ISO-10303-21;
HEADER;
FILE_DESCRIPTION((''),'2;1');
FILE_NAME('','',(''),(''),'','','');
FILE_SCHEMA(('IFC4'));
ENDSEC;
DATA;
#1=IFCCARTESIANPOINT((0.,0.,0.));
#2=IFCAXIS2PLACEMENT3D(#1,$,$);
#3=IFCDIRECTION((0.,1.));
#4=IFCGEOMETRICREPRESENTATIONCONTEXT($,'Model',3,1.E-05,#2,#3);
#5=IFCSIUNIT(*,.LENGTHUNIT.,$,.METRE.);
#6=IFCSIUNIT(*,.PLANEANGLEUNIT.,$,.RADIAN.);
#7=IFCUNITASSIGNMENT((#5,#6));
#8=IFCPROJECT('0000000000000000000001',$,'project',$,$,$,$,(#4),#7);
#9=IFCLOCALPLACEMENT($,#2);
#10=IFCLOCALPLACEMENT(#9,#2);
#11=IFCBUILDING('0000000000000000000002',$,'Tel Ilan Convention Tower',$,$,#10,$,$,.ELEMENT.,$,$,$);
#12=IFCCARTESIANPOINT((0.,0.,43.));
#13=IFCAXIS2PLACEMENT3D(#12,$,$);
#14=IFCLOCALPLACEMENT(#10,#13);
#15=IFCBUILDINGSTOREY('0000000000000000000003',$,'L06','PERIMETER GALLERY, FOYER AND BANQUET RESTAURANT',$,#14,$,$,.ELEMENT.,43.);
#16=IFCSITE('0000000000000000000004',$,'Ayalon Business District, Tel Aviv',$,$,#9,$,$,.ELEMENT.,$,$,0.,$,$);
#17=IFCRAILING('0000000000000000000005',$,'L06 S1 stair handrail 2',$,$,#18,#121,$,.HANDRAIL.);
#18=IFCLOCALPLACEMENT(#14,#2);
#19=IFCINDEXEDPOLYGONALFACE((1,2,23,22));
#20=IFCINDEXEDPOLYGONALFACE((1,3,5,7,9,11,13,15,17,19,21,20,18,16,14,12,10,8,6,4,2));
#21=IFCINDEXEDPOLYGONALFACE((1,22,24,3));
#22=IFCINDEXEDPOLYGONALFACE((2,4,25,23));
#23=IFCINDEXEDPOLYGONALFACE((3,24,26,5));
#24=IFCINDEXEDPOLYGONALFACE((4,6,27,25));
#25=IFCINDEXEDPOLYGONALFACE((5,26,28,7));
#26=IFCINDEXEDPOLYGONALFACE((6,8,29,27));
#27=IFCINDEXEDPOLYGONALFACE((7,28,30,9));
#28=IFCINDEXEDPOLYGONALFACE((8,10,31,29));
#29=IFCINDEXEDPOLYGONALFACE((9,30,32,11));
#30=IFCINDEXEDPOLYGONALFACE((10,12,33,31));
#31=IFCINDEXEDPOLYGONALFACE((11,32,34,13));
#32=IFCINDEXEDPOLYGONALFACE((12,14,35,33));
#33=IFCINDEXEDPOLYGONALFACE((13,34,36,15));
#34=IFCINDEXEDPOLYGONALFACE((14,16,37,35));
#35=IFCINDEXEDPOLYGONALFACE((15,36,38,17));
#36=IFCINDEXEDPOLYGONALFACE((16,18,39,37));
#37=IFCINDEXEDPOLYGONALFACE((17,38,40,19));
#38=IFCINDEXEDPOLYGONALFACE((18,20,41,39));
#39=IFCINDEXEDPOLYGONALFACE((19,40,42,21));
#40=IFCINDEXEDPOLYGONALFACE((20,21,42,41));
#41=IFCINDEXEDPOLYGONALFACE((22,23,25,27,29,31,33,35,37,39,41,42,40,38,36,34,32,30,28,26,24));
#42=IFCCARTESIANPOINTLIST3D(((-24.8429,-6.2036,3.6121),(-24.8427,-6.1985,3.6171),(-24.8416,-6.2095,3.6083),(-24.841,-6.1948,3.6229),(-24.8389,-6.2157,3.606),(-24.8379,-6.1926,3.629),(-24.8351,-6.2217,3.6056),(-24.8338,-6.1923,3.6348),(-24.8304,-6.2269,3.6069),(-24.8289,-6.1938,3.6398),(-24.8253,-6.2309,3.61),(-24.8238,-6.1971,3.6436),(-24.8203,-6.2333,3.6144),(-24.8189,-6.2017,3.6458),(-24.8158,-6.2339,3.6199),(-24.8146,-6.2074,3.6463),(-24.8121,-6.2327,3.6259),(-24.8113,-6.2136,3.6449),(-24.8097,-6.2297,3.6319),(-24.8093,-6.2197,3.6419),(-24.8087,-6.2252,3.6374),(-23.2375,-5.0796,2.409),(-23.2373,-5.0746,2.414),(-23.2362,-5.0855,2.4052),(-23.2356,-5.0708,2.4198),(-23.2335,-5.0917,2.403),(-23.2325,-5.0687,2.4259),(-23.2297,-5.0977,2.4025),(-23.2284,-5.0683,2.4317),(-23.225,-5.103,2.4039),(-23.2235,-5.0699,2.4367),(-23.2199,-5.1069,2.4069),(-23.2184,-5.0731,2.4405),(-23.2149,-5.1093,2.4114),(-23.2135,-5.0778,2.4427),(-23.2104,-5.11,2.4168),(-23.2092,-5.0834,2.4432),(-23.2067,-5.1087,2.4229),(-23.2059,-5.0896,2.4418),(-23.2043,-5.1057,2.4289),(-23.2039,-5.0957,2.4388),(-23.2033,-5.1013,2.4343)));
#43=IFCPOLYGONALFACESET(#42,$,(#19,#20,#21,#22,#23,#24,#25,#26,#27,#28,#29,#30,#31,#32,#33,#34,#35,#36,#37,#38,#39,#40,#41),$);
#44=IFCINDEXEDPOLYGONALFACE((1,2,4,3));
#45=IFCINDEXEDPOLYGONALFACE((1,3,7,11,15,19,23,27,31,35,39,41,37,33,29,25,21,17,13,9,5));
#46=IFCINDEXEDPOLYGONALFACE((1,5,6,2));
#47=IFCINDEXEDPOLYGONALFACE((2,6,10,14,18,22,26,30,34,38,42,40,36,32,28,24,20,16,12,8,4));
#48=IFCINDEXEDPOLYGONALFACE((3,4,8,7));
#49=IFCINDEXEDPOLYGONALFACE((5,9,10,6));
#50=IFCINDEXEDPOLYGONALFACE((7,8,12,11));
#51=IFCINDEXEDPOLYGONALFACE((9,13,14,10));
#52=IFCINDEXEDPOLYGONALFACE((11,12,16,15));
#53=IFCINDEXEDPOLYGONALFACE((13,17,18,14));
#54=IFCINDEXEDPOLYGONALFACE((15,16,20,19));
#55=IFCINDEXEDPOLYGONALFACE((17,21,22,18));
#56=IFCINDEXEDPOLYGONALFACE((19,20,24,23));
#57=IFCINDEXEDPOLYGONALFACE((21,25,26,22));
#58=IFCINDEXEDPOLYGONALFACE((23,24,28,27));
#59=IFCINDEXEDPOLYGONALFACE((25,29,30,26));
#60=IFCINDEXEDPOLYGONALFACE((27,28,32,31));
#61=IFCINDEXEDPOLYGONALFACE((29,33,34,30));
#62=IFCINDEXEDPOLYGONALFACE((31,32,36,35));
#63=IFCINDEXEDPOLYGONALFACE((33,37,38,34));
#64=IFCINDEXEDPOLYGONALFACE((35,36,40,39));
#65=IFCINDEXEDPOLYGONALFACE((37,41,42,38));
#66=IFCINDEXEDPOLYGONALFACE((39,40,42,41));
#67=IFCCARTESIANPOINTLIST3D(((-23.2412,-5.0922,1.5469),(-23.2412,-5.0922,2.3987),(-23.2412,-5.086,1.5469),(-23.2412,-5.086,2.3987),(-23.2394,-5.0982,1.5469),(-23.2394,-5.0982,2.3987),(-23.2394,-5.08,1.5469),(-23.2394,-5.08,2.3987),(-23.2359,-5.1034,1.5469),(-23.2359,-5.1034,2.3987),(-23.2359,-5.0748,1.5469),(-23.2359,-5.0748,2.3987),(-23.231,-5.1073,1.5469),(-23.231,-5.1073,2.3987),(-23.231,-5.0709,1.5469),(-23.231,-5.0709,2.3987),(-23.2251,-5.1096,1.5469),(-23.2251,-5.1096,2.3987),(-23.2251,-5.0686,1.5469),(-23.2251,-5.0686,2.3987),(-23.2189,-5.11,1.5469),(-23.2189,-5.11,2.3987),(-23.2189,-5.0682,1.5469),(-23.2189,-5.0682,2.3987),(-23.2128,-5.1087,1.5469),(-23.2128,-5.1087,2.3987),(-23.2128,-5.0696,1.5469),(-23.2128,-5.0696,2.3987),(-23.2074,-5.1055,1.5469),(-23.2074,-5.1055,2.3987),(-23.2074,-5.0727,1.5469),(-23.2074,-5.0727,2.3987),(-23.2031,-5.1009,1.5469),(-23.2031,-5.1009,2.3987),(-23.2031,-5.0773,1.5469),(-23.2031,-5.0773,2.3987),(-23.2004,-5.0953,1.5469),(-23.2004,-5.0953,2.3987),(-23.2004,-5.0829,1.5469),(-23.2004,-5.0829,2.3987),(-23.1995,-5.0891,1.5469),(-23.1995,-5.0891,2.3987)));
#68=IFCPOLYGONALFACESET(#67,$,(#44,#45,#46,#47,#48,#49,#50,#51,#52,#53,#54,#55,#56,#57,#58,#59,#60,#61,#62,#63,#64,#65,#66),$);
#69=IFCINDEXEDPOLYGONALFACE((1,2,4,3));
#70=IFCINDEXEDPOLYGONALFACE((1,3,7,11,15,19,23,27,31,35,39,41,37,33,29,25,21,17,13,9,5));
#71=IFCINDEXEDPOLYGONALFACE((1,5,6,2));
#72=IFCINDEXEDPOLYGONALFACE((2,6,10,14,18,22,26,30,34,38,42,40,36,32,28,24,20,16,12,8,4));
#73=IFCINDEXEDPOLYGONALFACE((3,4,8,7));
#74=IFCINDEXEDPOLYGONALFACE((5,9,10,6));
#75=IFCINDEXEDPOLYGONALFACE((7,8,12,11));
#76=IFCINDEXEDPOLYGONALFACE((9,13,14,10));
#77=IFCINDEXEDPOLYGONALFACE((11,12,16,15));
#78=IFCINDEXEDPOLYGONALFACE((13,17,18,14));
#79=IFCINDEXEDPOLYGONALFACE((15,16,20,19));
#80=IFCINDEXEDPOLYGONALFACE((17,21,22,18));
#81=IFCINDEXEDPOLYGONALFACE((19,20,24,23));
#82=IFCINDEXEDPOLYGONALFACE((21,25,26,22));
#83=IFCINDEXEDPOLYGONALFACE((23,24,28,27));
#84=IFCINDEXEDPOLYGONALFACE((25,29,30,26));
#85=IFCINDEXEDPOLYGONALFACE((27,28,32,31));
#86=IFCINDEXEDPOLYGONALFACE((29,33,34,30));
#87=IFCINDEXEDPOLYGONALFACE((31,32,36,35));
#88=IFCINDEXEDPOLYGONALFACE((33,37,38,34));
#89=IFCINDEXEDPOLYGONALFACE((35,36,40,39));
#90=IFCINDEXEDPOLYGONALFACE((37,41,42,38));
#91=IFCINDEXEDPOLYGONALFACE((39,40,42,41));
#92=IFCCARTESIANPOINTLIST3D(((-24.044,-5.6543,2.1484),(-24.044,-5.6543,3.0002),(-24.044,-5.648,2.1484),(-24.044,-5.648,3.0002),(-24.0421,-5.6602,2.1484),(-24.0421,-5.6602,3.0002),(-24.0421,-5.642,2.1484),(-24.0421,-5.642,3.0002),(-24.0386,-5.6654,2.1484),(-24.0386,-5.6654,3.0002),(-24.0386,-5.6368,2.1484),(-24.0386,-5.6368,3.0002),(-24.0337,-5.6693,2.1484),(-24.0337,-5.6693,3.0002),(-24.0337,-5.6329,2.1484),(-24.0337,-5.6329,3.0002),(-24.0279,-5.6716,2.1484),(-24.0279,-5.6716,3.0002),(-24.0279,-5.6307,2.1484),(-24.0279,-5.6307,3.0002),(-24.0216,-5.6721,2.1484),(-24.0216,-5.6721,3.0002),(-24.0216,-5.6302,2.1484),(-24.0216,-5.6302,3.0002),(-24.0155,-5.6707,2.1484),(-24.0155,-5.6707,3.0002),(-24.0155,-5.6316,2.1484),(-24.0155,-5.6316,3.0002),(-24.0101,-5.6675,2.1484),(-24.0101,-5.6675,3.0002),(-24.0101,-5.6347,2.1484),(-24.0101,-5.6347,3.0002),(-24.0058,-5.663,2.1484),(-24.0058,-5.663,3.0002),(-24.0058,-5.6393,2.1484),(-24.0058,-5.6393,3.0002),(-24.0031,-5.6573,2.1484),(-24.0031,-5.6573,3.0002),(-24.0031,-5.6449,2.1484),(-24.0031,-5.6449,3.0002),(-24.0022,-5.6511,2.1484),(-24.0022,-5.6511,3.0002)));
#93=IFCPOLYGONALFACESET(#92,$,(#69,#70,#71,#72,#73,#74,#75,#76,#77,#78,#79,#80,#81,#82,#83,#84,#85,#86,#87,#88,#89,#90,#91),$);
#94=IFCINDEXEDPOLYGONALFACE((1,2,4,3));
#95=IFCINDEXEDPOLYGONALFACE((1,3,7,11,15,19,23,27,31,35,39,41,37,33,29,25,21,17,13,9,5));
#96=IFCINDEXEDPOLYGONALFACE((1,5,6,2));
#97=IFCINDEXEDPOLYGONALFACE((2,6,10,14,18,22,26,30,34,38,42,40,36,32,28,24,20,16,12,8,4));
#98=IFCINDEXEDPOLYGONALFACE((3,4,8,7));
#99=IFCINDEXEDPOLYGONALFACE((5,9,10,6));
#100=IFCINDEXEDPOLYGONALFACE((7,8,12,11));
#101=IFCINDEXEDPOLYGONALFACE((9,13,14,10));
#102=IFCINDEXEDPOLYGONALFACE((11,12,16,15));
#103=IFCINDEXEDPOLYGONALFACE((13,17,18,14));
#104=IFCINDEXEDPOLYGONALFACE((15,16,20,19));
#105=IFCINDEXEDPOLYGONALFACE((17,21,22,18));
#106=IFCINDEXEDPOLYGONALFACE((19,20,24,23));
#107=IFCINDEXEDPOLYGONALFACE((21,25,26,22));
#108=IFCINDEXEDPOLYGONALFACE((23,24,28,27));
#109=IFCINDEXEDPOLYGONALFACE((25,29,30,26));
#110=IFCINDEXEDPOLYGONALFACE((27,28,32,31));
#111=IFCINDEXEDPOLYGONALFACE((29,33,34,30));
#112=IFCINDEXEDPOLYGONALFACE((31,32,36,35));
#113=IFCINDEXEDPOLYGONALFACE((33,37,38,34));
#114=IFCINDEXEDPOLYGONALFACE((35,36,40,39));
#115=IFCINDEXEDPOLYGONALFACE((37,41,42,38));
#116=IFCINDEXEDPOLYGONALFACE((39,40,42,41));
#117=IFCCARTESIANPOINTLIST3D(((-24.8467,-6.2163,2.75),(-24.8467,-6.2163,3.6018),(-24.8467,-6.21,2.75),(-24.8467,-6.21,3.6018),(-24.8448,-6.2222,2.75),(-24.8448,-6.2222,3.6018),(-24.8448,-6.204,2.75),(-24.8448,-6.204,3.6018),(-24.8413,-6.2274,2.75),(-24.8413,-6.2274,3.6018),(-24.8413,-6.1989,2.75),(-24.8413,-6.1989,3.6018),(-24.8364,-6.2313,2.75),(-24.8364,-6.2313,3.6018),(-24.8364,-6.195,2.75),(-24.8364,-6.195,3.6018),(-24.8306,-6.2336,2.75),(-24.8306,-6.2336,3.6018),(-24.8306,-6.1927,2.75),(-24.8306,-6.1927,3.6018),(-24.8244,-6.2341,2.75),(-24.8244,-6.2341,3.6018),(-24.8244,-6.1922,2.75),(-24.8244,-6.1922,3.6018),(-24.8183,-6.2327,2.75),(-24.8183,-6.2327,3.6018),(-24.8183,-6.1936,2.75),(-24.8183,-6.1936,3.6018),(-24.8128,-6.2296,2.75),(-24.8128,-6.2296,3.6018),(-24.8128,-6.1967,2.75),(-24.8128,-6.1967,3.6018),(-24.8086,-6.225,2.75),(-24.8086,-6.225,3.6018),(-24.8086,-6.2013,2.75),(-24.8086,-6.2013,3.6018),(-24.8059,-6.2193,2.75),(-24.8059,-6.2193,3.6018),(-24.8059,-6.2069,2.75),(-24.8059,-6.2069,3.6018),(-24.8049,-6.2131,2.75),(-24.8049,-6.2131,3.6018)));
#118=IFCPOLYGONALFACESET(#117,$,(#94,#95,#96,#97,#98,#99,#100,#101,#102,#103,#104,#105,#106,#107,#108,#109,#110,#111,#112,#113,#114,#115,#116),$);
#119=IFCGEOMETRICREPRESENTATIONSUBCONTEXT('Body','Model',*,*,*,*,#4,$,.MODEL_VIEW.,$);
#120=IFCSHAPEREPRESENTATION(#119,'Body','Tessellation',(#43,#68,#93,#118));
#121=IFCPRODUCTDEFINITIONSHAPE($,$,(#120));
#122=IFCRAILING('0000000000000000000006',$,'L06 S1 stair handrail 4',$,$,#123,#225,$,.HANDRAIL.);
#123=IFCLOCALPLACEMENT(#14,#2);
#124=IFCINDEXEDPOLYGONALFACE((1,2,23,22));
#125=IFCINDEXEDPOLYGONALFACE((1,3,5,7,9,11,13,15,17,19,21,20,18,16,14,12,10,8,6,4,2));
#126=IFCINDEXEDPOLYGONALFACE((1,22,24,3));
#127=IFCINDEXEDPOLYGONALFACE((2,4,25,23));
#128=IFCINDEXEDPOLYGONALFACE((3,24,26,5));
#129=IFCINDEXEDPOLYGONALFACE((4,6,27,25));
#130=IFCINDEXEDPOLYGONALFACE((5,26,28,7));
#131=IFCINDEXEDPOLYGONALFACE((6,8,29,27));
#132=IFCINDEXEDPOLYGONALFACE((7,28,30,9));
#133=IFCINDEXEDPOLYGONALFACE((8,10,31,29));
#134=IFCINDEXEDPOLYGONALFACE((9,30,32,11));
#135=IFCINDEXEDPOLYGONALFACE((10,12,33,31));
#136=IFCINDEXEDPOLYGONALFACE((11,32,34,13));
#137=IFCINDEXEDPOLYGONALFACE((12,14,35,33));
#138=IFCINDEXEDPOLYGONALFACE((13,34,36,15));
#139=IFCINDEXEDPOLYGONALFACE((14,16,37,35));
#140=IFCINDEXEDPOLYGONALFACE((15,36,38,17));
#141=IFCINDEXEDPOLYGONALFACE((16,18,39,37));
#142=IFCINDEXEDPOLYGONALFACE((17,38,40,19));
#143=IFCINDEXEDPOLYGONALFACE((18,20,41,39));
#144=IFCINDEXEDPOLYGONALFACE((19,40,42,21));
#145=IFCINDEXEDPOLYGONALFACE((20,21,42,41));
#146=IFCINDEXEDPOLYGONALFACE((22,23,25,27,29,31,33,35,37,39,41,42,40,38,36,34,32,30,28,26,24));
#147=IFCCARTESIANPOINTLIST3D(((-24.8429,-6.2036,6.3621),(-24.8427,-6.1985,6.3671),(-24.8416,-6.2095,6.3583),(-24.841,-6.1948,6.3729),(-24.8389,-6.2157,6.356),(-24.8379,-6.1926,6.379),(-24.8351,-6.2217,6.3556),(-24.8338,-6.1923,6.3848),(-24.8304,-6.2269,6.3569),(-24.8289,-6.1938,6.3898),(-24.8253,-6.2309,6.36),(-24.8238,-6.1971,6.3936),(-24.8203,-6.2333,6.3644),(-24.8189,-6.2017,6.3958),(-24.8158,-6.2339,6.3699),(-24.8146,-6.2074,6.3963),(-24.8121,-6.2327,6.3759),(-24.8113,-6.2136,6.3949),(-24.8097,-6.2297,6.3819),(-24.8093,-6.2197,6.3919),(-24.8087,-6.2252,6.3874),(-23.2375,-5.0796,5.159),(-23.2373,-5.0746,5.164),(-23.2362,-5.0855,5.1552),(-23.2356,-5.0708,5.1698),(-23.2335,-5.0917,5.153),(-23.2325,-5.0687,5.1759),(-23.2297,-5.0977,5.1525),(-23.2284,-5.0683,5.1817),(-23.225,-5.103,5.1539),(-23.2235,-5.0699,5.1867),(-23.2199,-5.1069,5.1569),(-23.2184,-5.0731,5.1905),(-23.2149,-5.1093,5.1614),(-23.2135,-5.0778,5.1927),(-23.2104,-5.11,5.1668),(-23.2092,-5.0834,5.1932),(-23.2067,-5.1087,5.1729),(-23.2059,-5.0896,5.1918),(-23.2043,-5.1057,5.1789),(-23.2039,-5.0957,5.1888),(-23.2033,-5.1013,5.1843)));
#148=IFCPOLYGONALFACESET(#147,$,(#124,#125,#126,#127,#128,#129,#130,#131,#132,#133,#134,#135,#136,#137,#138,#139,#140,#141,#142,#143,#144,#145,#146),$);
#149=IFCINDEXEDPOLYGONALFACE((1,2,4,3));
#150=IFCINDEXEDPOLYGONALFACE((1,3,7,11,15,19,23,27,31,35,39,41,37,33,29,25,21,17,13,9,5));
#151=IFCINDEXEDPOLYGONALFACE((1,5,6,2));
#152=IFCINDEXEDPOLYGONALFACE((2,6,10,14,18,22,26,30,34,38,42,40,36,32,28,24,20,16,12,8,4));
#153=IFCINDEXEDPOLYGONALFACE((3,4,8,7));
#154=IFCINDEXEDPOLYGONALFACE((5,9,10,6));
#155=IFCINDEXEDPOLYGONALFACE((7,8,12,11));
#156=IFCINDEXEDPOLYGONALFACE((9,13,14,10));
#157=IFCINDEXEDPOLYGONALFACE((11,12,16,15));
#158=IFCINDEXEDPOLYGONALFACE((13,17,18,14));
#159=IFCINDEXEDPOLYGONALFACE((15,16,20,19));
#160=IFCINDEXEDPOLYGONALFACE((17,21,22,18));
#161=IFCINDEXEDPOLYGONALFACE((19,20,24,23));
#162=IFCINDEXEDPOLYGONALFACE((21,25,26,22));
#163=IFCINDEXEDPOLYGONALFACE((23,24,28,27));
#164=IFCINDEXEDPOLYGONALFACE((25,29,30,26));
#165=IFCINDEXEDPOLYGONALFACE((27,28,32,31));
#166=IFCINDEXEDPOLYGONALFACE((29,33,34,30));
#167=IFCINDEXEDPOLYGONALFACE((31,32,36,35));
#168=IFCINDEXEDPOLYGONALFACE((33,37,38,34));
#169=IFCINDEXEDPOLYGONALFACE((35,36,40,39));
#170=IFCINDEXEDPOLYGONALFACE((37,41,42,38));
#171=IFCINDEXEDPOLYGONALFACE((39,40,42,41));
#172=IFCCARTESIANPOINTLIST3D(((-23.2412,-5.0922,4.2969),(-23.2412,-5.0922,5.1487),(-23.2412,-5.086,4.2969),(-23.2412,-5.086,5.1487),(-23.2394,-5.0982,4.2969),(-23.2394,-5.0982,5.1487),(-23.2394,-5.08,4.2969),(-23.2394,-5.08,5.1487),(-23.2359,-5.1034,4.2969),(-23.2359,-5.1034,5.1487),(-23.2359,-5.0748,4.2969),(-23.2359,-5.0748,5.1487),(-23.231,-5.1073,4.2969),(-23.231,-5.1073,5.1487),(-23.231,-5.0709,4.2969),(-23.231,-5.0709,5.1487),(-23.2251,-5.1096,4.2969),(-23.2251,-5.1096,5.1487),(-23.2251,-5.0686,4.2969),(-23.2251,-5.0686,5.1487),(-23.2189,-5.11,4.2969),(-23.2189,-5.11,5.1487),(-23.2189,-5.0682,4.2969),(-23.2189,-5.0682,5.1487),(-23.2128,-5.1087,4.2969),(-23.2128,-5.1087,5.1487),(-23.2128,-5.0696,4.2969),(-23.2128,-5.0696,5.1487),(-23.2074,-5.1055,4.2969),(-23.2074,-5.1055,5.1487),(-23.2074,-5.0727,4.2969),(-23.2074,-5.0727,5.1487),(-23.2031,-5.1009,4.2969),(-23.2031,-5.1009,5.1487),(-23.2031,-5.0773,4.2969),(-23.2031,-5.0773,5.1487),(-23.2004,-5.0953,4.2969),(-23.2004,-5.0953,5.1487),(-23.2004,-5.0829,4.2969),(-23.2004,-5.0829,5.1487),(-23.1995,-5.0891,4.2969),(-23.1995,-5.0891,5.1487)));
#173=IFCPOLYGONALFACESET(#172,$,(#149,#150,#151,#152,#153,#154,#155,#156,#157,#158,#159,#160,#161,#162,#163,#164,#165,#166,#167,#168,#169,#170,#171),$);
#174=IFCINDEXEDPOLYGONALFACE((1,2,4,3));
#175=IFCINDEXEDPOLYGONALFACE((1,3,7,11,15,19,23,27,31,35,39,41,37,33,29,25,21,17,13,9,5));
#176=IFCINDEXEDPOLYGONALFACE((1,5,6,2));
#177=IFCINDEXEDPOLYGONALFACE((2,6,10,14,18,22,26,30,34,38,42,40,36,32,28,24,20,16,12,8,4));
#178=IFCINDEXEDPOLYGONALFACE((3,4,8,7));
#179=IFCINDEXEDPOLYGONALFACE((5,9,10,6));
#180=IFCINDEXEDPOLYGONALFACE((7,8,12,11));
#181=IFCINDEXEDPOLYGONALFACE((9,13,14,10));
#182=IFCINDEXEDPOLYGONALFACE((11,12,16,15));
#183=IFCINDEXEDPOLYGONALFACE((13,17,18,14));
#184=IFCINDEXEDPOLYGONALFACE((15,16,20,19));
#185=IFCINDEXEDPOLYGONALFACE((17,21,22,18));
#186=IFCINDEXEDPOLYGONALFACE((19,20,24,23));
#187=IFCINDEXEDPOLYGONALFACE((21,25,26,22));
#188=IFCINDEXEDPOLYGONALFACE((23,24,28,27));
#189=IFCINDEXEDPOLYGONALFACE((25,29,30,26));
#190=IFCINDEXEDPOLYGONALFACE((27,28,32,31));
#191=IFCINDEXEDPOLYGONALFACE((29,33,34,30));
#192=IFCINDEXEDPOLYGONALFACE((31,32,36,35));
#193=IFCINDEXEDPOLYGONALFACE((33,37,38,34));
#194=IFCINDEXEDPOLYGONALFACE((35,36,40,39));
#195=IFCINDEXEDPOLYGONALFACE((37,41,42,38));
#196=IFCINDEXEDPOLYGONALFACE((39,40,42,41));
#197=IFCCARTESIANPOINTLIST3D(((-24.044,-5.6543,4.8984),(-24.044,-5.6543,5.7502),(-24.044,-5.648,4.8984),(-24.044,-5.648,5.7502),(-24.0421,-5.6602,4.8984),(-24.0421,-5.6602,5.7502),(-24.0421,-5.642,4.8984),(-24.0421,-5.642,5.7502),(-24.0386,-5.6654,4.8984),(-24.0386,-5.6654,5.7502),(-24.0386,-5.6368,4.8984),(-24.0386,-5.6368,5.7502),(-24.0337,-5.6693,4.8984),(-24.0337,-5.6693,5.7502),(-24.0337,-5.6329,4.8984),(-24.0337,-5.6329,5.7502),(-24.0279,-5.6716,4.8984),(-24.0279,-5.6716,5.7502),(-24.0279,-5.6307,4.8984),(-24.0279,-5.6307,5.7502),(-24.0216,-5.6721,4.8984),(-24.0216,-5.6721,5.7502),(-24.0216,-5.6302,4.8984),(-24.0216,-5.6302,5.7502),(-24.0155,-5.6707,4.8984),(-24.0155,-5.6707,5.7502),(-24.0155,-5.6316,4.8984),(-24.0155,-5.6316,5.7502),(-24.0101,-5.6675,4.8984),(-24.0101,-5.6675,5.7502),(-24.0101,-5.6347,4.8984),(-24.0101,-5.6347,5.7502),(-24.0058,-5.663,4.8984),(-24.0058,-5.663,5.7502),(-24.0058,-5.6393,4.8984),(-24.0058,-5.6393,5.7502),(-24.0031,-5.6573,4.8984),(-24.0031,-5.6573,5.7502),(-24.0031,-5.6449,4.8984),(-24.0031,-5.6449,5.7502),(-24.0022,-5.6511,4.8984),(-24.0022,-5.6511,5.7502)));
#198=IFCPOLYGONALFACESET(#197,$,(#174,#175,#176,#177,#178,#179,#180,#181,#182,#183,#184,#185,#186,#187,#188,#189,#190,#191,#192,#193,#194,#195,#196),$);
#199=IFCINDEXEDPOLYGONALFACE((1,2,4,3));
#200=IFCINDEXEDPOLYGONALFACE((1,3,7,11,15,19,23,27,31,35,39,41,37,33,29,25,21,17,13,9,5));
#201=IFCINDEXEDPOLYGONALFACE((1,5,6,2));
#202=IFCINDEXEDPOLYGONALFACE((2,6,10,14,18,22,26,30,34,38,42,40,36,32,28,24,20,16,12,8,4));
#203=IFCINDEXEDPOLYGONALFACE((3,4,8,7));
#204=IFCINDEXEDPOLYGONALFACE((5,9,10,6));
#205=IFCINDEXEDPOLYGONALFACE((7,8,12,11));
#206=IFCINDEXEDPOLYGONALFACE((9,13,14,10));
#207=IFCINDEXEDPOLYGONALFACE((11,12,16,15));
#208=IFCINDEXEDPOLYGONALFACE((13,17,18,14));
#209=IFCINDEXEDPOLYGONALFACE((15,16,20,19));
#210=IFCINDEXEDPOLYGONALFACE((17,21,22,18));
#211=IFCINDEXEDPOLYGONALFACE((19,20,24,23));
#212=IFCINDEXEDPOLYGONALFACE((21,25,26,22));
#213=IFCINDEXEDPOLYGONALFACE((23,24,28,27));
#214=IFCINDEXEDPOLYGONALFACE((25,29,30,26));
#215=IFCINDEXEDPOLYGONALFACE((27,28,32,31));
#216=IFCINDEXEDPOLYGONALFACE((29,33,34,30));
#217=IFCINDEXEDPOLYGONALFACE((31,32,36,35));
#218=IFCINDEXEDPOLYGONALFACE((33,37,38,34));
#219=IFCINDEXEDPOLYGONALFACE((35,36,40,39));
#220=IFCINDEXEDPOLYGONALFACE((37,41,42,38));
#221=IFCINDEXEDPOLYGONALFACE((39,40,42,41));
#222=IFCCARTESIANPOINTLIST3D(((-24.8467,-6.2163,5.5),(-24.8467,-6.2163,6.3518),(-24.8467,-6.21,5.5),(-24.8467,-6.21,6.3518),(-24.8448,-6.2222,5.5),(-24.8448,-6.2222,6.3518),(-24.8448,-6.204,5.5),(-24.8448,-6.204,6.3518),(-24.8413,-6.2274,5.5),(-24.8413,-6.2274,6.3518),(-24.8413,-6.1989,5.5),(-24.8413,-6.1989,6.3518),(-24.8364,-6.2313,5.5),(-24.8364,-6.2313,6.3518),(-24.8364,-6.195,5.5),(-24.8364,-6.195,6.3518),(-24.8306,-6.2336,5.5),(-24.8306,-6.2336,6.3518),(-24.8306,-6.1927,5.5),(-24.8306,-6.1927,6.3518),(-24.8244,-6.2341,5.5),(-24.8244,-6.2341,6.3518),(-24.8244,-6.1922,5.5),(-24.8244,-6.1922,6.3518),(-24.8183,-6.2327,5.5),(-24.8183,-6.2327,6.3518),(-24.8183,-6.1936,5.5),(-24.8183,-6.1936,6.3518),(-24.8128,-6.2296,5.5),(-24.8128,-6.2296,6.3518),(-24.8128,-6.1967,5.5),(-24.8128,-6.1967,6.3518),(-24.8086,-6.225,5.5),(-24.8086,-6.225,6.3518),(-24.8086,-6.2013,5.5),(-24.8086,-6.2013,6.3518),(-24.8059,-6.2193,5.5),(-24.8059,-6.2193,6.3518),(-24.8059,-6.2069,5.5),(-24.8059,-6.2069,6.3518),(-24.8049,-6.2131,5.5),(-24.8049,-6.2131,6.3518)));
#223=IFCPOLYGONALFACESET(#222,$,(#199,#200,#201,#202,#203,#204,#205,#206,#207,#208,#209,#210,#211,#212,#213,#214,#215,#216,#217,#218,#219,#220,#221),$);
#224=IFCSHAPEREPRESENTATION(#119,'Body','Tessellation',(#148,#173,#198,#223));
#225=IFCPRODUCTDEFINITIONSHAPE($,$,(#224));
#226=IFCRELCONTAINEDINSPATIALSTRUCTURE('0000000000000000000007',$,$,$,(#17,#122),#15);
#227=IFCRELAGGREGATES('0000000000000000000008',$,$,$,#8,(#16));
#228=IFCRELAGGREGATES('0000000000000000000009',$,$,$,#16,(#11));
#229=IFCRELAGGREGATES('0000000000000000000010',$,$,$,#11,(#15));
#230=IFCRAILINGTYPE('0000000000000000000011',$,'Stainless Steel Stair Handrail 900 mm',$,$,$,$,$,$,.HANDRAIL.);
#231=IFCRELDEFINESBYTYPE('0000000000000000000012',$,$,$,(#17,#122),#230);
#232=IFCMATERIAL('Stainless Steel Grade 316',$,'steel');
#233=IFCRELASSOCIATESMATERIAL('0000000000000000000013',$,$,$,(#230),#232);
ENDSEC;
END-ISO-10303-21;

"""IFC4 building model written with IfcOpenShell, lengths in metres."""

from ifc_helpers import new_model, si_unit, direction, frame, origin, origin_2d, place, context, subcontext, project, spatial, circle, extrude, material, type_object, element, save


model = new_model("IFC4")

# Units and contexts
model_context = context("Model", 3, precision=1e-05, world=origin(), true_north=direction((0.0, 1.0)))
body_context = subcontext(model_context, "Body", "Model", "MODEL_VIEW")
ifc_project = project(units=[si_unit("LENGTHUNIT", "METRE"), si_unit("PLANEANGLEUNIT", "RADIAN")], contexts=[model_context])

# Site, building, storey
site_placement = place(None, origin())
site = spatial("IfcSite", under=ifc_project, at=site_placement, Name="Ayalon Business District, Tel Aviv", CompositionType="ELEMENT", RefElevation=0.0)
building_placement = place(site_placement, origin())
building = spatial("IfcBuilding", under=site, at=building_placement, Name="Tel Ilan Convention Tower", CompositionType="ELEMENT")
storey_placement = place(building_placement, frame((0.0, 0.0, 43.0)))
storey = spatial("IfcBuildingStorey", under=building, at=storey_placement, Name="L06", Description="PERIMETER GALLERY, FOYER AND BANQUET RESTAURANT", CompositionType="ELEMENT", Elevation=43.0)

# Railings
ifc_material_1 = material(Name="Stainless Steel Grade 316", Category="steel")
railing_type_1 = type_object("IfcRailingType", Name="Stainless Steel Stair Handrail 900 mm", PredefinedType="HANDRAIL", material=ifc_material_1)
for number, where, name in (
    (1, (-23.2205, -5.0891, 1.5469), "L06 S1 stair handrail 2"),
    (2, (-23.2205, -5.0891, 4.2969), "L06 S1 stair handrail 4"),
):
    element("IfcRailing", number, at=place(storey_placement, frame(where)), inside=storey, type_object=railing_type_1, Name=name, PredefinedType="HANDRAIL", context=body_context, shape_type="SweptSolid", body=[
        extrude(circle(Radius=0.0239, at=origin_2d()), frame((0.0, 0.0, 0.876), z_axis=(-0.698131, -0.488777, 0.523174), x_axis=(0.573529, -0.819185, 0.0)), (0.0, 0.0, 1.0), 2.2996),
        extrude(circle(Radius=0.021, at=origin_2d()), origin(), (0.0, 0.0, 1.0), 0.8518),
        extrude(circle(Radius=0.021, at=origin_2d()), frame((-0.8027, -0.562, 0.6016)), (0.0, 0.0, 1.0), 0.8518),
        extrude(circle(Radius=0.021, at=origin_2d()), frame((-1.6055, -1.124, 1.2031)), (0.0, 0.0, 1.0), 0.8518),
    ])

save(model, "model.ifc")
